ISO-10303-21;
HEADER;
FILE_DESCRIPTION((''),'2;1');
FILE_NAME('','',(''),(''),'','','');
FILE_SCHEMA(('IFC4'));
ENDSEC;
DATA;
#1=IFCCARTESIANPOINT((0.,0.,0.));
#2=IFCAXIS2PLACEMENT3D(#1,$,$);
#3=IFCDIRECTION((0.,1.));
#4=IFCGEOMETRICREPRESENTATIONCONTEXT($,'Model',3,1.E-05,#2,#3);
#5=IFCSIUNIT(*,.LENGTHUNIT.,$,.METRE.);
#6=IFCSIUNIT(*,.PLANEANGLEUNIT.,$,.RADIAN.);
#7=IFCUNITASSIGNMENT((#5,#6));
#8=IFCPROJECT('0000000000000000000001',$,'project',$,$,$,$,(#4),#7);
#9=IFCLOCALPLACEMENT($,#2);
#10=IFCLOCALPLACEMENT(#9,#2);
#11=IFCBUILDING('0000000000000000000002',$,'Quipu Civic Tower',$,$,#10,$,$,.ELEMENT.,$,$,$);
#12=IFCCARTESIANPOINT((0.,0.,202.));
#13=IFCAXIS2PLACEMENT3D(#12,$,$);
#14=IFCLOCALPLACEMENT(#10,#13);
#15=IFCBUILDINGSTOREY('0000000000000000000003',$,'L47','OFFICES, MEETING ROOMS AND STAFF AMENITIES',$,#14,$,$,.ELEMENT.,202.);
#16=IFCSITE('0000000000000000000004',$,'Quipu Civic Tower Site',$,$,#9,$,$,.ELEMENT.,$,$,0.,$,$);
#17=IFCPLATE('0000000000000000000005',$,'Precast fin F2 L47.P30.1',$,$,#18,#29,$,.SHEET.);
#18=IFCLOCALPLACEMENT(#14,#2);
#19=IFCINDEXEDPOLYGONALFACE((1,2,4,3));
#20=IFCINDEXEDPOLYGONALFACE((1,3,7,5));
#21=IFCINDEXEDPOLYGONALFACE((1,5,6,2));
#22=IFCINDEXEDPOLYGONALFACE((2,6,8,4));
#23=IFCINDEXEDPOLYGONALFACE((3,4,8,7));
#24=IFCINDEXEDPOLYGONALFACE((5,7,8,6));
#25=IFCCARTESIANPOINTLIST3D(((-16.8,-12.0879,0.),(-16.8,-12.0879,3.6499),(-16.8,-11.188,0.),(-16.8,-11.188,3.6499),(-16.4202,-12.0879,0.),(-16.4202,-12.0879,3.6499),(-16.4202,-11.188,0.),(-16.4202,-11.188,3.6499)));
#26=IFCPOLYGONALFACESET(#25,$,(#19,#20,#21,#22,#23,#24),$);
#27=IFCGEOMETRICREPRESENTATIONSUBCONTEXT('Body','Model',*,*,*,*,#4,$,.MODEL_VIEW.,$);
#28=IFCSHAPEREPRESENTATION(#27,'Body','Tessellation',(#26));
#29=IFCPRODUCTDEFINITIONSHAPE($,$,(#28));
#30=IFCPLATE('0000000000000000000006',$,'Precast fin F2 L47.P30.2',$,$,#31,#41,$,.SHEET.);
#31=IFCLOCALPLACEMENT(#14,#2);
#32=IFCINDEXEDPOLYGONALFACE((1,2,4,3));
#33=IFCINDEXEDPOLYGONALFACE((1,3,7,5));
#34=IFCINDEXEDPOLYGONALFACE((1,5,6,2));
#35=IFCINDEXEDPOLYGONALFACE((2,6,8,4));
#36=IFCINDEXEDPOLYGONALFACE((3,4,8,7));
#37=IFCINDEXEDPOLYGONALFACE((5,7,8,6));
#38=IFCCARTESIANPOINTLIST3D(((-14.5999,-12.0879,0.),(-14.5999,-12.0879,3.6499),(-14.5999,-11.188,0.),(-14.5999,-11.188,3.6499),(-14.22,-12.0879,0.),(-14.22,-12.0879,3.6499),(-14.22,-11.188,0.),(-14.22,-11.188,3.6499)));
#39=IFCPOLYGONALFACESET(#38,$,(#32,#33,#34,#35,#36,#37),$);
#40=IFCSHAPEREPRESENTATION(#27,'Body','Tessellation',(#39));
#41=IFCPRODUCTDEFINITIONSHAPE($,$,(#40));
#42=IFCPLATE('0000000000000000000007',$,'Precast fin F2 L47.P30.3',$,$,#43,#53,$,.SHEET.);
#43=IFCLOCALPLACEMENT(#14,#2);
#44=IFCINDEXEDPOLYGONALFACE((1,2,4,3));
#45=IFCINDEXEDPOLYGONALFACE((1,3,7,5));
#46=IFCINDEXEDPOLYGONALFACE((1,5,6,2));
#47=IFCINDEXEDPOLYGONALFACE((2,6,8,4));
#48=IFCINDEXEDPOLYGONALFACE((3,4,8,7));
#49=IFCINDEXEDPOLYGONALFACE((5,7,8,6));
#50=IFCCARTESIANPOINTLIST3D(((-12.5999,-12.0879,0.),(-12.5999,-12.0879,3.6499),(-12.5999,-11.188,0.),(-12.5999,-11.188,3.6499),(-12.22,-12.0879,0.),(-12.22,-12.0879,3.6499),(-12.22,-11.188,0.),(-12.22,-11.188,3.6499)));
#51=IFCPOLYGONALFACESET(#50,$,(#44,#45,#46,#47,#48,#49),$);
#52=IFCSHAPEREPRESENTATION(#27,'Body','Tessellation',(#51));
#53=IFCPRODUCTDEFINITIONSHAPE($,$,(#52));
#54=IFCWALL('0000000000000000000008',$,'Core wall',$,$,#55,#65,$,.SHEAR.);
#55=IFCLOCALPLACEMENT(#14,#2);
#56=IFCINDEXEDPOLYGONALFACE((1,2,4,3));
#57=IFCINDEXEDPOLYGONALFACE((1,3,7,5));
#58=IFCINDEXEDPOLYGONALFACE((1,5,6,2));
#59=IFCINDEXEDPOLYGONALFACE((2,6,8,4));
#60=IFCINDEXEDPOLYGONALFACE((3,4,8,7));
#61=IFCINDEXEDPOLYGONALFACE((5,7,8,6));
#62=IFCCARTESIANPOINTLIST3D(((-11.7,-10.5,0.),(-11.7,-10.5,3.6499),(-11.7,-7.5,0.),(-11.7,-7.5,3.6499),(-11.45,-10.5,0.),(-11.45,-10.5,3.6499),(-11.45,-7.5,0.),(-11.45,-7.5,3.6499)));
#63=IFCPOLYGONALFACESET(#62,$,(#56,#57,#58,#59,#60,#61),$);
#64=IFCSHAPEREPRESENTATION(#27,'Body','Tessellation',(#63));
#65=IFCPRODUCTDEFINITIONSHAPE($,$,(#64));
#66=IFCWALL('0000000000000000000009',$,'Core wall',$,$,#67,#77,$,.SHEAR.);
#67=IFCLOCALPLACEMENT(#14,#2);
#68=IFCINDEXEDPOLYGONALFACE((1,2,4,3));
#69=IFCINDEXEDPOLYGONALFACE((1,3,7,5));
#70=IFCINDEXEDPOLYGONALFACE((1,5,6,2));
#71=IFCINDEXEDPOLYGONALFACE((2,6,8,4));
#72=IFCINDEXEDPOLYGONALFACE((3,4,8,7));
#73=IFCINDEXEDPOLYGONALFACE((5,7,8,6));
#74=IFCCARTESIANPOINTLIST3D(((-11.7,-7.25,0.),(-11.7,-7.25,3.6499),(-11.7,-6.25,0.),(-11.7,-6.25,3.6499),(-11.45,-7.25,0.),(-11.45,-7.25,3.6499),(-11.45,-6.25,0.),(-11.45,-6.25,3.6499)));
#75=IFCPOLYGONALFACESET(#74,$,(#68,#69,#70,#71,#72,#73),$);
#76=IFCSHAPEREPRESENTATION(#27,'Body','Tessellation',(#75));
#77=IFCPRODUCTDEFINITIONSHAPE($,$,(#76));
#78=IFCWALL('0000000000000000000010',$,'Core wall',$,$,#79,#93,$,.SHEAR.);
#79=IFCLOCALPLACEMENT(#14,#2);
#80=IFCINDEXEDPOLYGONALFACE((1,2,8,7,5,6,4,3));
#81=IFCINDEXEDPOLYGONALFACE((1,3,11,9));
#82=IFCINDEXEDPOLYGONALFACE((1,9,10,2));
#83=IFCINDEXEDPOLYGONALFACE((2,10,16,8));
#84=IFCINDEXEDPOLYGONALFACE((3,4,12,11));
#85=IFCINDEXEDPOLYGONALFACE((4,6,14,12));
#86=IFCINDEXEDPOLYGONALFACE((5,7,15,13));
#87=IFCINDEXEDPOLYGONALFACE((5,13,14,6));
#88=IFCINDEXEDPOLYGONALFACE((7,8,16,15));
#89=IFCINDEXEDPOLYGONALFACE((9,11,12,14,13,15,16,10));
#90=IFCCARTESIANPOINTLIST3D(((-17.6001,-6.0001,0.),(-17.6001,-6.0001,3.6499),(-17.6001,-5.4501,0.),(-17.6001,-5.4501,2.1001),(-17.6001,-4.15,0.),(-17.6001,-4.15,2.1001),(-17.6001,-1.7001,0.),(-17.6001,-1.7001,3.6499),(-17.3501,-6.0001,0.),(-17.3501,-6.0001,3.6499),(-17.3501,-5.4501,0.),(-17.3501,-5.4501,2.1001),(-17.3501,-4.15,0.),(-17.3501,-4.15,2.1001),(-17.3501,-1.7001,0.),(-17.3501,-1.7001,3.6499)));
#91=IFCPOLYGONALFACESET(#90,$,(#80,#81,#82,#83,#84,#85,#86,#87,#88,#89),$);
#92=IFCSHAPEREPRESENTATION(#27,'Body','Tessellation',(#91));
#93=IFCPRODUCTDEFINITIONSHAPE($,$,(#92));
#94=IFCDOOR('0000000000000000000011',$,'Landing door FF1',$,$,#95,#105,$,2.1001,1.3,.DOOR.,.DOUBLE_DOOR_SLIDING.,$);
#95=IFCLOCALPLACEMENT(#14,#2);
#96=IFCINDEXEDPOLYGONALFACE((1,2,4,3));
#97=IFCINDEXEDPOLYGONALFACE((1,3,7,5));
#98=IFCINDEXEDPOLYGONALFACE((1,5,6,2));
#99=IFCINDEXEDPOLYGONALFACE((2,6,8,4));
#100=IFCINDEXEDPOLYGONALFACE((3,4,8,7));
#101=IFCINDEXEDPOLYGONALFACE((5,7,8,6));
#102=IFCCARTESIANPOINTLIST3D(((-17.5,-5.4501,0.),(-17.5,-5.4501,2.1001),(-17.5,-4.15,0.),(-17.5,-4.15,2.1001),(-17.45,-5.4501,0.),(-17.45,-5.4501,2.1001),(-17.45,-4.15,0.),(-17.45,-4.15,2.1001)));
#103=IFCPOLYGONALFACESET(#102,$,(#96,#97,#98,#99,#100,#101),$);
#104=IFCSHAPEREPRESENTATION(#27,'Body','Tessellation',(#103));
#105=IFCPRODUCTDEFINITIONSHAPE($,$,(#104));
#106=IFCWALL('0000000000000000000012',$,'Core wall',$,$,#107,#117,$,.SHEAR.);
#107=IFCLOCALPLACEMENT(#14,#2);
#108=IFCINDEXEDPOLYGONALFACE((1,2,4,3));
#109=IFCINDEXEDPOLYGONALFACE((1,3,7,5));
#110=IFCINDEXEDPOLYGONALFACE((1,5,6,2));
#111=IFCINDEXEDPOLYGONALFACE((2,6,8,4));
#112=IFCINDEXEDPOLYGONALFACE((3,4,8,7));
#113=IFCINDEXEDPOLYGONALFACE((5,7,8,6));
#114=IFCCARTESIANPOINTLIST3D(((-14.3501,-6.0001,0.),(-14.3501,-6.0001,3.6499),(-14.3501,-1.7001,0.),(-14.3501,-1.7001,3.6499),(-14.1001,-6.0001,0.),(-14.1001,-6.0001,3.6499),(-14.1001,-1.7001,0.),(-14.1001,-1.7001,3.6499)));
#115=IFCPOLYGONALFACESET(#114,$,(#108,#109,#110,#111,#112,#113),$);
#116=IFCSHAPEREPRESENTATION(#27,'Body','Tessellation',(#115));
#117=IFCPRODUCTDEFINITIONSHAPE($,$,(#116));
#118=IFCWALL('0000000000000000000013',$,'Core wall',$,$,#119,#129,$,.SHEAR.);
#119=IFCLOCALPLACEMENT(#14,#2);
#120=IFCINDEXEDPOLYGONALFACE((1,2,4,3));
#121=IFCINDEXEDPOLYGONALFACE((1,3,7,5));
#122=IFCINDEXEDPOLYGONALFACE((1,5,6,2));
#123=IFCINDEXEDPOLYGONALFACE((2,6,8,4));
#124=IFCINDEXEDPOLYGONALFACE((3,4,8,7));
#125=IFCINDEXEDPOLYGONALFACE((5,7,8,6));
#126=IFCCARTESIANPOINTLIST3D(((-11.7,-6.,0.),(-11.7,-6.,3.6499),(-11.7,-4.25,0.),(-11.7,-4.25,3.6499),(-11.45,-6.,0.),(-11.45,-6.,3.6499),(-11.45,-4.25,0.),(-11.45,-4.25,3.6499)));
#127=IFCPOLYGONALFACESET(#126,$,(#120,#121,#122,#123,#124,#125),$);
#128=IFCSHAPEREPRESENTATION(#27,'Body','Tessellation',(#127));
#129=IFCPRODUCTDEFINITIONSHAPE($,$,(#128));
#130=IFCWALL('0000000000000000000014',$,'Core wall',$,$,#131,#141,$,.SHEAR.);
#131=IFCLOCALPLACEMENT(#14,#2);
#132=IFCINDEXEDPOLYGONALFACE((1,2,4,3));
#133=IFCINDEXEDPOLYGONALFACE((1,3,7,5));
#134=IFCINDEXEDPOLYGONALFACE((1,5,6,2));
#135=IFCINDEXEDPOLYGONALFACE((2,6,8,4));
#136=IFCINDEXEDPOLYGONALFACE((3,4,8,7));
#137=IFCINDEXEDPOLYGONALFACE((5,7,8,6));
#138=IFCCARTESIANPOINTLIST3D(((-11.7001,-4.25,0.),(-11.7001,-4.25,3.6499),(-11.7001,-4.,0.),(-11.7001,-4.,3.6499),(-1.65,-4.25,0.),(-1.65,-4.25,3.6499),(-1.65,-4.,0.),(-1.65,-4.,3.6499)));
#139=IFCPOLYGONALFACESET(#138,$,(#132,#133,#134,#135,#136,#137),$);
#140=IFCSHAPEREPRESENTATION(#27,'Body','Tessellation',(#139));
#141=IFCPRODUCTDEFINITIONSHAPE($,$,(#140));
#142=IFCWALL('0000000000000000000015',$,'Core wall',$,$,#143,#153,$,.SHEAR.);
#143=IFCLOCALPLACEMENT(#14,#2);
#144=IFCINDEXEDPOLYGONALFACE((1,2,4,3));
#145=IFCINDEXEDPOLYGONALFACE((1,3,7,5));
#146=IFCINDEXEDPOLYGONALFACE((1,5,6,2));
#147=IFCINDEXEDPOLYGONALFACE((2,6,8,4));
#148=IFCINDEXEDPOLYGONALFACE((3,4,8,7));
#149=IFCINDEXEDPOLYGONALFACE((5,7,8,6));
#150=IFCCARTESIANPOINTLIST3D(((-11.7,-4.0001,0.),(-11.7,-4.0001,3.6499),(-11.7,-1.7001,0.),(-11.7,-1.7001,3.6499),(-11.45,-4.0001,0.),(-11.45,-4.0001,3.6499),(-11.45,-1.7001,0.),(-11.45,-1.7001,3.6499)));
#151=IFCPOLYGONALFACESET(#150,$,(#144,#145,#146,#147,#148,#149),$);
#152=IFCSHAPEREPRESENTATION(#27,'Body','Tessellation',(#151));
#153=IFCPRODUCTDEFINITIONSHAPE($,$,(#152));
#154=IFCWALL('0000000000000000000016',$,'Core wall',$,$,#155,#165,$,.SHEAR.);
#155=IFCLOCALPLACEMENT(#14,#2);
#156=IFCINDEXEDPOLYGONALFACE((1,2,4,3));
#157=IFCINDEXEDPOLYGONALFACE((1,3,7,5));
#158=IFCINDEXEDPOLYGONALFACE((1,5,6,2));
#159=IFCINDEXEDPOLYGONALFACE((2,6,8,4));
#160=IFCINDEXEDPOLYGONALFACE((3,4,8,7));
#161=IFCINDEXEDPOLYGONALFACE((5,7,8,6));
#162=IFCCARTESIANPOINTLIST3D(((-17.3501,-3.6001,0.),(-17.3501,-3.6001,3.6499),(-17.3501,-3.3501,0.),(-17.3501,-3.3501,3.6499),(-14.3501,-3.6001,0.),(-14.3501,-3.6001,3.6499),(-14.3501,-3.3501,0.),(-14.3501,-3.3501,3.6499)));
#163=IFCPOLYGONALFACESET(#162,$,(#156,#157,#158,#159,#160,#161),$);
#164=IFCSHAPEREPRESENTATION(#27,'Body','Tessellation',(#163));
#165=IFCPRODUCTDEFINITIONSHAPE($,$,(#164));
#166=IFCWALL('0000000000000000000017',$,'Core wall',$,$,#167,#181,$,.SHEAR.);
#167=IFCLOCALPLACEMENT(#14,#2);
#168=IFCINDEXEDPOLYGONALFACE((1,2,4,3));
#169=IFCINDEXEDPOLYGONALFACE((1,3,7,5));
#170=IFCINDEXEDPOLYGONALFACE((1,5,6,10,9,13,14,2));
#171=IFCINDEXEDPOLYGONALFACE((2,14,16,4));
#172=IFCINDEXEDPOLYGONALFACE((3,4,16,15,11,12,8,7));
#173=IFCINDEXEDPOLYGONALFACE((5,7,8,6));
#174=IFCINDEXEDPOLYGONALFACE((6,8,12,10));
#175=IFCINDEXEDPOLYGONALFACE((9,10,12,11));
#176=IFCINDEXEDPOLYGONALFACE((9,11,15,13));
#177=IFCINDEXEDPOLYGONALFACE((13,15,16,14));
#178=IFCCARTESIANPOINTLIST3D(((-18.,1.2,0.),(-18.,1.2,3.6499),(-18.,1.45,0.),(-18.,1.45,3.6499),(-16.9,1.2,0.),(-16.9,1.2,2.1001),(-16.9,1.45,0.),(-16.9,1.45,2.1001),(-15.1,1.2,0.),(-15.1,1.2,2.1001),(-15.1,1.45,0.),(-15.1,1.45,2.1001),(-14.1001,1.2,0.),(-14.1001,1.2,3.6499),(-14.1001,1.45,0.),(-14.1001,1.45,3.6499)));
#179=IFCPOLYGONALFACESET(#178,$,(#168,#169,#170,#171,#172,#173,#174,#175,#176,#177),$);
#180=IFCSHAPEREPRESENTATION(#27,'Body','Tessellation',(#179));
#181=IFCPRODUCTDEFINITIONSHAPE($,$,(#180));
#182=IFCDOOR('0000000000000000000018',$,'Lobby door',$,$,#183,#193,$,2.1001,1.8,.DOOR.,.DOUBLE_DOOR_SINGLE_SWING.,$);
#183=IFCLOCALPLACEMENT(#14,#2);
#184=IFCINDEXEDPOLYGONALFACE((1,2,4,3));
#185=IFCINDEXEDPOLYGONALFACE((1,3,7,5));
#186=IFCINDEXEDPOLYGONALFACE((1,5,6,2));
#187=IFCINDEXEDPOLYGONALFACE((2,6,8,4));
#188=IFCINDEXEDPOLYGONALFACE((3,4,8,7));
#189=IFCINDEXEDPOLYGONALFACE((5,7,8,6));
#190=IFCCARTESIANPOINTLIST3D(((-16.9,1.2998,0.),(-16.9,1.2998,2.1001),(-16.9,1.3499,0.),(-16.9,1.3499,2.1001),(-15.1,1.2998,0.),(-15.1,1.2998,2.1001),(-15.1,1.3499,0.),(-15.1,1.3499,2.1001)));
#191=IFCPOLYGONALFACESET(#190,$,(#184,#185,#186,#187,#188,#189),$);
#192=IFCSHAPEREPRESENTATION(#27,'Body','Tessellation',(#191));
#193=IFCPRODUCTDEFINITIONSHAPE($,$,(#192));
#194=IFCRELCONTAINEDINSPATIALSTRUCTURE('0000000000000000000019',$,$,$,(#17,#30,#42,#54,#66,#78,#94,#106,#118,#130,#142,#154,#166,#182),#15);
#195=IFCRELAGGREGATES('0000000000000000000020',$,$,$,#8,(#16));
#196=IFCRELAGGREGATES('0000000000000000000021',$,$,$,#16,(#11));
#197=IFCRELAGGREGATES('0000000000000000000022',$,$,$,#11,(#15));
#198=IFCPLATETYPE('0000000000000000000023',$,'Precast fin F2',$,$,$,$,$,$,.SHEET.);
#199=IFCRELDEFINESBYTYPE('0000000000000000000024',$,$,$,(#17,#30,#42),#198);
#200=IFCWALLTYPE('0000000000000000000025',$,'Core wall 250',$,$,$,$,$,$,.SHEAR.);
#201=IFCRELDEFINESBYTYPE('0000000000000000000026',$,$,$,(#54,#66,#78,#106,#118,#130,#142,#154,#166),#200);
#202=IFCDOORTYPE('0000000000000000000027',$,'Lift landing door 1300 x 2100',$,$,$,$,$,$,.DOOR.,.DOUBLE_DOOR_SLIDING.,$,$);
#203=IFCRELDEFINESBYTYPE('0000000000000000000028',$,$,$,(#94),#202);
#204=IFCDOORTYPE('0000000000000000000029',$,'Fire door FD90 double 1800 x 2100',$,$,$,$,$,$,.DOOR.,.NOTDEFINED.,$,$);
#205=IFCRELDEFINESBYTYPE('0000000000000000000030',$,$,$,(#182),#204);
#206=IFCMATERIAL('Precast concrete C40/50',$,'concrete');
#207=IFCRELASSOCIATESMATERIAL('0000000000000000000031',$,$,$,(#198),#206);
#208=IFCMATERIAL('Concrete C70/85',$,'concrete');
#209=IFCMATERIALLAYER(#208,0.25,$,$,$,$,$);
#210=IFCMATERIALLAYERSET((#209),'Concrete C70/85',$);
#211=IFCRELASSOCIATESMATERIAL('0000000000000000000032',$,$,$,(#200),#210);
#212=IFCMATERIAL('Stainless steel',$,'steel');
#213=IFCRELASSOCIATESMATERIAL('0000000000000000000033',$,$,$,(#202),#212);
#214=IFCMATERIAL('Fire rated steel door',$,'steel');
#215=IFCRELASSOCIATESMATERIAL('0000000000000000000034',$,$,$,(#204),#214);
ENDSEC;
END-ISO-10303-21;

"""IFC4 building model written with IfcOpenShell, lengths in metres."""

from ifc_helpers import new_model, si_unit, direction, frame, frame_2d, origin, origin_2d, place, context, subcontext, project, spatial, rectangle, extrude, material, layer, layer_set, type_object, element, fill, save


model = new_model("IFC4")

# Units and contexts
model_context = context("Model", 3, precision=1e-05, world=origin(), true_north=direction((0.0, 1.0)))
body_context = subcontext(model_context, "Body", "Model", "MODEL_VIEW")
ifc_project = project(units=[si_unit("LENGTHUNIT", "METRE"), si_unit("PLANEANGLEUNIT", "RADIAN")], contexts=[model_context])

# Site, building, storey
site_placement = place(None, origin())
site = spatial("IfcSite", under=ifc_project, at=site_placement, Name="Quipu Civic Tower Site", CompositionType="ELEMENT", RefElevation=0.0)
building_placement = place(site_placement, origin())
building = spatial("IfcBuilding", under=site, at=building_placement, Name="Quipu Civic Tower", CompositionType="ELEMENT")
storey_placement = place(building_placement, frame((0.0, 0.0, 202.0)))
storey = spatial("IfcBuildingStorey", under=building, at=storey_placement, Name="L47", Description="OFFICES, MEETING ROOMS AND STAFF AMENITIES", CompositionType="ELEMENT", Elevation=202.0)

# Plates
ifc_material_1 = material(Name="Precast concrete C40/50", Category="concrete")
plate_type = type_object("IfcPlateType", Name="Precast fin F2", PredefinedType="SHEET", material=ifc_material_1)
for number, where, z_axis, x_axis, name in (
    (1, (-16.6101, -11.6379, 0.0), (0.0, 0.0, 1.0), (1.0, 0.0, 0.0), "Precast fin F2 L47.P30.1"),
    (2, (-14.4099, -11.6379, 0.0), (0.0, 0.0, 1.0), (1.0, 0.0, 0.0), "Precast fin F2 L47.P30.2"),
    (3, (-12.4099, -11.6379, 0.0), (0.0, 0.0, 1.0), (1.0, 0.0, 0.0), "Precast fin F2 L47.P30.3"),
):
    element("IfcPlate", number, at=place(storey_placement, frame(where, z_axis=z_axis, x_axis=x_axis)), inside=storey, type_object=plate_type, Name=name, PredefinedType="SHEET", context=body_context, shape_type="SweptSolid", body=[
        extrude(rectangle(XDim=0.3799, YDim=0.8999, at=origin_2d()), origin(), (0.0, 0.0, 1.0), 3.6499),
    ])

# Walls
ifc_material_2 = material(Name="Concrete C70/85", Category="concrete")
ifc_layer_1 = layer(ifc_material_2, 0.25)
ifc_layer_set_1 = layer_set([ifc_layer_1], Name="Concrete C70/85")
wall_type_1 = type_object("IfcWallType", Name="Core wall 250", PredefinedType="SHEAR", material=ifc_layer_set_1)
wall_1_placement = place(storey_placement, frame((-11.575, -10.5, 0.0), z_axis=(0.0, 0.0, 1.0), x_axis=(0.0, 1.0, 0.0)))
element("IfcWall", 4, at=wall_1_placement, inside=storey, type_object=wall_type_1, Name="Core wall", PredefinedType="SHEAR", context=body_context, shape_type="SweptSolid", body=[
    extrude(rectangle(XDim=3.0, YDim=0.25, at=frame_2d((1.5, 0.0))), origin(), (0.0, 0.0, 1.0), 3.6499),
])
wall_2_placement = place(storey_placement, frame((-11.575, -7.25, 0.0), z_axis=(0.0, 0.0, 1.0), x_axis=(0.0, 1.0, 0.0)))
element("IfcWall", 5, at=wall_2_placement, inside=storey, type_object=wall_type_1, Name="Core wall", PredefinedType="SHEAR", context=body_context, shape_type="SweptSolid", body=[
    extrude(rectangle(XDim=1.0, YDim=0.25, at=frame_2d((0.5, 0.0))), origin(), (0.0, 0.0, 1.0), 3.6499),
])

# Wall, opening, door
wall_3_placement = place(storey_placement, frame((-17.4751, -6.0, 0.0), z_axis=(0.0, 0.0, 1.0), x_axis=(0.0, 1.0, 0.0)))
wall_3 = element("IfcWall", 6, at=wall_3_placement, inside=storey, type_object=wall_type_1, Name="Core wall", PredefinedType="SHEAR", context=body_context, shape_type="SweptSolid", body=[
    extrude(rectangle(XDim=4.3, YDim=0.25, at=frame_2d((2.1499, 0.0))), origin(), (0.0, 0.0, 1.0), 3.6499),
])
opening_1_placement = place(wall_3_placement, frame((0.55, 0.0, 0.0)))
opening_1 = element("IfcOpeningElement", 7, at=opening_1_placement, cuts=wall_3, PredefinedType="OPENING", context=body_context, shape_type="SweptSolid", body=[
    extrude(rectangle(XDim=1.3, YDim=2.1001, at=frame_2d((0.6499, 1.05))), frame((0.0, 0.135, 0.0), z_axis=(0.0, -1.0, 0.0), x_axis=(1.0, 0.0, 0.0)), (0.0, 0.0, 1.0), 0.27),
])
ifc_material_3 = material(Name="Stainless steel", Category="steel")
door_type_1 = type_object("IfcDoorType", Name="Lift landing door 1300 x 2100", OperationType="DOUBLE_DOOR_SLIDING", PredefinedType="DOOR", material=ifc_material_3)
door_1_placement = place(opening_1_placement, origin())
door_1 = element("IfcDoor", 8, at=door_1_placement, inside=storey, type_object=door_type_1, Name="Landing door FF1", OperationType="DOUBLE_DOOR_SLIDING", OverallHeight=2.1001, OverallWidth=1.3, PredefinedType="DOOR", context=body_context, shape_type="SweptSolid", body=[
    extrude(rectangle(XDim=1.3, YDim=2.1001, at=frame_2d((0.6499, 1.05))), frame((0.0, 0.0249, 0.0), z_axis=(0.0, -1.0, 0.0), x_axis=(1.0, 0.0, 0.0)), (0.0, 0.0, 1.0), 0.05),
])
fill(opening_1, door_1)

# Walls
wall_4_placement = place(storey_placement, frame((-14.2251, -6.0, 0.0), z_axis=(0.0, 0.0, 1.0), x_axis=(0.0, 1.0, 0.0)))
element("IfcWall", 9, at=wall_4_placement, inside=storey, type_object=wall_type_1, Name="Core wall", PredefinedType="SHEAR", context=body_context, shape_type="SweptSolid", body=[
    extrude(rectangle(XDim=4.3, YDim=0.25, at=frame_2d((2.1499, 0.0))), origin(), (0.0, 0.0, 1.0), 3.6499),
])
wall_5_placement = place(storey_placement, frame((-11.575, -6.0, 0.0), z_axis=(0.0, 0.0, 1.0), x_axis=(0.0, 1.0, 0.0)))
element("IfcWall", 10, at=wall_5_placement, inside=storey, type_object=wall_type_1, Name="Core wall", PredefinedType="SHEAR", context=body_context, shape_type="SweptSolid", body=[
    extrude(rectangle(XDim=1.75, YDim=0.25, at=frame_2d((0.875, 0.0))), origin(), (0.0, 0.0, 1.0), 3.6499),
])
wall_6_placement = place(storey_placement, frame((-11.7, -4.125, 0.0), z_axis=(0.0, 0.0, 1.0), x_axis=(1.0, 0.0, 0.0)))
element("IfcWall", 11, at=wall_6_placement, inside=storey, type_object=wall_type_1, Name="Core wall", PredefinedType="SHEAR", context=body_context, shape_type="SweptSolid", body=[
    extrude(rectangle(XDim=10.05, YDim=0.25, at=frame_2d((5.0249, 0.0))), origin(), (0.0, 0.0, 1.0), 3.6499),
])
wall_7_placement = place(storey_placement, frame((-11.575, -4.0, 0.0), z_axis=(0.0, 0.0, 1.0), x_axis=(0.0, 1.0, 0.0)))
element("IfcWall", 12, at=wall_7_placement, inside=storey, type_object=wall_type_1, Name="Core wall", PredefinedType="SHEAR", context=body_context, shape_type="SweptSolid", body=[
    extrude(rectangle(XDim=2.3, YDim=0.25, at=frame_2d((1.1499, 0.0))), origin(), (0.0, 0.0, 1.0), 3.6499),
])
wall_8_placement = place(storey_placement, frame((-17.3501, -3.4751, 0.0), z_axis=(0.0, 0.0, 1.0), x_axis=(1.0, 0.0, 0.0)))
element("IfcWall", 13, at=wall_8_placement, inside=storey, type_object=wall_type_1, Name="Core wall", PredefinedType="SHEAR", context=body_context, shape_type="SweptSolid", body=[
    extrude(rectangle(XDim=3.0, YDim=0.25, at=frame_2d((1.5, 0.0))), origin(), (0.0, 0.0, 1.0), 3.6499),
])

# Wall, opening, door
wall_9_placement = place(storey_placement, frame((-18.0, 1.325, 0.0), z_axis=(0.0, 0.0, 1.0), x_axis=(1.0, 0.0, 0.0)))
wall_9 = element("IfcWall", 14, at=wall_9_placement, inside=storey, type_object=wall_type_1, Name="Core wall", PredefinedType="SHEAR", context=body_context, shape_type="SweptSolid", body=[
    extrude(rectangle(XDim=3.8999, YDim=0.25, at=frame_2d((1.95, 0.0))), origin(), (0.0, 0.0, 1.0), 3.6499),
])
opening_2_placement = place(wall_9_placement, frame((1.1001, 0.0, 0.0)))
opening_2 = element("IfcOpeningElement", 15, at=opening_2_placement, cuts=wall_9, PredefinedType="OPENING", context=body_context, shape_type="SweptSolid", body=[
    extrude(rectangle(XDim=1.8, YDim=2.1001, at=frame_2d((0.8999, 1.05))), frame((0.0, 0.135, 0.0), z_axis=(0.0, -1.0, 0.0), x_axis=(1.0, 0.0, 0.0)), (0.0, 0.0, 1.0), 0.27),
])
ifc_material_4 = material(Name="Fire rated steel door", Category="steel")
door_type_2 = type_object("IfcDoorType", Name="Fire door FD90 double 1800 x 2100", OperationType="NOTDEFINED", PredefinedType="DOOR", material=ifc_material_4)
door_2_placement = place(opening_2_placement, origin())
door_2 = element("IfcDoor", 16, at=door_2_placement, inside=storey, type_object=door_type_2, Name="Lobby door", OperationType="DOUBLE_DOOR_SINGLE_SWING", OverallHeight=2.1001, OverallWidth=1.8, PredefinedType="DOOR", context=body_context, shape_type="SweptSolid", body=[
    extrude(rectangle(XDim=1.8, YDim=2.1001, at=frame_2d((0.8999, 1.05))), frame((0.0, 0.0249, 0.0), z_axis=(0.0, -1.0, 0.0), x_axis=(1.0, 0.0, 0.0)), (0.0, 0.0, 1.0), 0.05),
])
fill(opening_2, door_2)

save(model, "model.ifc")
